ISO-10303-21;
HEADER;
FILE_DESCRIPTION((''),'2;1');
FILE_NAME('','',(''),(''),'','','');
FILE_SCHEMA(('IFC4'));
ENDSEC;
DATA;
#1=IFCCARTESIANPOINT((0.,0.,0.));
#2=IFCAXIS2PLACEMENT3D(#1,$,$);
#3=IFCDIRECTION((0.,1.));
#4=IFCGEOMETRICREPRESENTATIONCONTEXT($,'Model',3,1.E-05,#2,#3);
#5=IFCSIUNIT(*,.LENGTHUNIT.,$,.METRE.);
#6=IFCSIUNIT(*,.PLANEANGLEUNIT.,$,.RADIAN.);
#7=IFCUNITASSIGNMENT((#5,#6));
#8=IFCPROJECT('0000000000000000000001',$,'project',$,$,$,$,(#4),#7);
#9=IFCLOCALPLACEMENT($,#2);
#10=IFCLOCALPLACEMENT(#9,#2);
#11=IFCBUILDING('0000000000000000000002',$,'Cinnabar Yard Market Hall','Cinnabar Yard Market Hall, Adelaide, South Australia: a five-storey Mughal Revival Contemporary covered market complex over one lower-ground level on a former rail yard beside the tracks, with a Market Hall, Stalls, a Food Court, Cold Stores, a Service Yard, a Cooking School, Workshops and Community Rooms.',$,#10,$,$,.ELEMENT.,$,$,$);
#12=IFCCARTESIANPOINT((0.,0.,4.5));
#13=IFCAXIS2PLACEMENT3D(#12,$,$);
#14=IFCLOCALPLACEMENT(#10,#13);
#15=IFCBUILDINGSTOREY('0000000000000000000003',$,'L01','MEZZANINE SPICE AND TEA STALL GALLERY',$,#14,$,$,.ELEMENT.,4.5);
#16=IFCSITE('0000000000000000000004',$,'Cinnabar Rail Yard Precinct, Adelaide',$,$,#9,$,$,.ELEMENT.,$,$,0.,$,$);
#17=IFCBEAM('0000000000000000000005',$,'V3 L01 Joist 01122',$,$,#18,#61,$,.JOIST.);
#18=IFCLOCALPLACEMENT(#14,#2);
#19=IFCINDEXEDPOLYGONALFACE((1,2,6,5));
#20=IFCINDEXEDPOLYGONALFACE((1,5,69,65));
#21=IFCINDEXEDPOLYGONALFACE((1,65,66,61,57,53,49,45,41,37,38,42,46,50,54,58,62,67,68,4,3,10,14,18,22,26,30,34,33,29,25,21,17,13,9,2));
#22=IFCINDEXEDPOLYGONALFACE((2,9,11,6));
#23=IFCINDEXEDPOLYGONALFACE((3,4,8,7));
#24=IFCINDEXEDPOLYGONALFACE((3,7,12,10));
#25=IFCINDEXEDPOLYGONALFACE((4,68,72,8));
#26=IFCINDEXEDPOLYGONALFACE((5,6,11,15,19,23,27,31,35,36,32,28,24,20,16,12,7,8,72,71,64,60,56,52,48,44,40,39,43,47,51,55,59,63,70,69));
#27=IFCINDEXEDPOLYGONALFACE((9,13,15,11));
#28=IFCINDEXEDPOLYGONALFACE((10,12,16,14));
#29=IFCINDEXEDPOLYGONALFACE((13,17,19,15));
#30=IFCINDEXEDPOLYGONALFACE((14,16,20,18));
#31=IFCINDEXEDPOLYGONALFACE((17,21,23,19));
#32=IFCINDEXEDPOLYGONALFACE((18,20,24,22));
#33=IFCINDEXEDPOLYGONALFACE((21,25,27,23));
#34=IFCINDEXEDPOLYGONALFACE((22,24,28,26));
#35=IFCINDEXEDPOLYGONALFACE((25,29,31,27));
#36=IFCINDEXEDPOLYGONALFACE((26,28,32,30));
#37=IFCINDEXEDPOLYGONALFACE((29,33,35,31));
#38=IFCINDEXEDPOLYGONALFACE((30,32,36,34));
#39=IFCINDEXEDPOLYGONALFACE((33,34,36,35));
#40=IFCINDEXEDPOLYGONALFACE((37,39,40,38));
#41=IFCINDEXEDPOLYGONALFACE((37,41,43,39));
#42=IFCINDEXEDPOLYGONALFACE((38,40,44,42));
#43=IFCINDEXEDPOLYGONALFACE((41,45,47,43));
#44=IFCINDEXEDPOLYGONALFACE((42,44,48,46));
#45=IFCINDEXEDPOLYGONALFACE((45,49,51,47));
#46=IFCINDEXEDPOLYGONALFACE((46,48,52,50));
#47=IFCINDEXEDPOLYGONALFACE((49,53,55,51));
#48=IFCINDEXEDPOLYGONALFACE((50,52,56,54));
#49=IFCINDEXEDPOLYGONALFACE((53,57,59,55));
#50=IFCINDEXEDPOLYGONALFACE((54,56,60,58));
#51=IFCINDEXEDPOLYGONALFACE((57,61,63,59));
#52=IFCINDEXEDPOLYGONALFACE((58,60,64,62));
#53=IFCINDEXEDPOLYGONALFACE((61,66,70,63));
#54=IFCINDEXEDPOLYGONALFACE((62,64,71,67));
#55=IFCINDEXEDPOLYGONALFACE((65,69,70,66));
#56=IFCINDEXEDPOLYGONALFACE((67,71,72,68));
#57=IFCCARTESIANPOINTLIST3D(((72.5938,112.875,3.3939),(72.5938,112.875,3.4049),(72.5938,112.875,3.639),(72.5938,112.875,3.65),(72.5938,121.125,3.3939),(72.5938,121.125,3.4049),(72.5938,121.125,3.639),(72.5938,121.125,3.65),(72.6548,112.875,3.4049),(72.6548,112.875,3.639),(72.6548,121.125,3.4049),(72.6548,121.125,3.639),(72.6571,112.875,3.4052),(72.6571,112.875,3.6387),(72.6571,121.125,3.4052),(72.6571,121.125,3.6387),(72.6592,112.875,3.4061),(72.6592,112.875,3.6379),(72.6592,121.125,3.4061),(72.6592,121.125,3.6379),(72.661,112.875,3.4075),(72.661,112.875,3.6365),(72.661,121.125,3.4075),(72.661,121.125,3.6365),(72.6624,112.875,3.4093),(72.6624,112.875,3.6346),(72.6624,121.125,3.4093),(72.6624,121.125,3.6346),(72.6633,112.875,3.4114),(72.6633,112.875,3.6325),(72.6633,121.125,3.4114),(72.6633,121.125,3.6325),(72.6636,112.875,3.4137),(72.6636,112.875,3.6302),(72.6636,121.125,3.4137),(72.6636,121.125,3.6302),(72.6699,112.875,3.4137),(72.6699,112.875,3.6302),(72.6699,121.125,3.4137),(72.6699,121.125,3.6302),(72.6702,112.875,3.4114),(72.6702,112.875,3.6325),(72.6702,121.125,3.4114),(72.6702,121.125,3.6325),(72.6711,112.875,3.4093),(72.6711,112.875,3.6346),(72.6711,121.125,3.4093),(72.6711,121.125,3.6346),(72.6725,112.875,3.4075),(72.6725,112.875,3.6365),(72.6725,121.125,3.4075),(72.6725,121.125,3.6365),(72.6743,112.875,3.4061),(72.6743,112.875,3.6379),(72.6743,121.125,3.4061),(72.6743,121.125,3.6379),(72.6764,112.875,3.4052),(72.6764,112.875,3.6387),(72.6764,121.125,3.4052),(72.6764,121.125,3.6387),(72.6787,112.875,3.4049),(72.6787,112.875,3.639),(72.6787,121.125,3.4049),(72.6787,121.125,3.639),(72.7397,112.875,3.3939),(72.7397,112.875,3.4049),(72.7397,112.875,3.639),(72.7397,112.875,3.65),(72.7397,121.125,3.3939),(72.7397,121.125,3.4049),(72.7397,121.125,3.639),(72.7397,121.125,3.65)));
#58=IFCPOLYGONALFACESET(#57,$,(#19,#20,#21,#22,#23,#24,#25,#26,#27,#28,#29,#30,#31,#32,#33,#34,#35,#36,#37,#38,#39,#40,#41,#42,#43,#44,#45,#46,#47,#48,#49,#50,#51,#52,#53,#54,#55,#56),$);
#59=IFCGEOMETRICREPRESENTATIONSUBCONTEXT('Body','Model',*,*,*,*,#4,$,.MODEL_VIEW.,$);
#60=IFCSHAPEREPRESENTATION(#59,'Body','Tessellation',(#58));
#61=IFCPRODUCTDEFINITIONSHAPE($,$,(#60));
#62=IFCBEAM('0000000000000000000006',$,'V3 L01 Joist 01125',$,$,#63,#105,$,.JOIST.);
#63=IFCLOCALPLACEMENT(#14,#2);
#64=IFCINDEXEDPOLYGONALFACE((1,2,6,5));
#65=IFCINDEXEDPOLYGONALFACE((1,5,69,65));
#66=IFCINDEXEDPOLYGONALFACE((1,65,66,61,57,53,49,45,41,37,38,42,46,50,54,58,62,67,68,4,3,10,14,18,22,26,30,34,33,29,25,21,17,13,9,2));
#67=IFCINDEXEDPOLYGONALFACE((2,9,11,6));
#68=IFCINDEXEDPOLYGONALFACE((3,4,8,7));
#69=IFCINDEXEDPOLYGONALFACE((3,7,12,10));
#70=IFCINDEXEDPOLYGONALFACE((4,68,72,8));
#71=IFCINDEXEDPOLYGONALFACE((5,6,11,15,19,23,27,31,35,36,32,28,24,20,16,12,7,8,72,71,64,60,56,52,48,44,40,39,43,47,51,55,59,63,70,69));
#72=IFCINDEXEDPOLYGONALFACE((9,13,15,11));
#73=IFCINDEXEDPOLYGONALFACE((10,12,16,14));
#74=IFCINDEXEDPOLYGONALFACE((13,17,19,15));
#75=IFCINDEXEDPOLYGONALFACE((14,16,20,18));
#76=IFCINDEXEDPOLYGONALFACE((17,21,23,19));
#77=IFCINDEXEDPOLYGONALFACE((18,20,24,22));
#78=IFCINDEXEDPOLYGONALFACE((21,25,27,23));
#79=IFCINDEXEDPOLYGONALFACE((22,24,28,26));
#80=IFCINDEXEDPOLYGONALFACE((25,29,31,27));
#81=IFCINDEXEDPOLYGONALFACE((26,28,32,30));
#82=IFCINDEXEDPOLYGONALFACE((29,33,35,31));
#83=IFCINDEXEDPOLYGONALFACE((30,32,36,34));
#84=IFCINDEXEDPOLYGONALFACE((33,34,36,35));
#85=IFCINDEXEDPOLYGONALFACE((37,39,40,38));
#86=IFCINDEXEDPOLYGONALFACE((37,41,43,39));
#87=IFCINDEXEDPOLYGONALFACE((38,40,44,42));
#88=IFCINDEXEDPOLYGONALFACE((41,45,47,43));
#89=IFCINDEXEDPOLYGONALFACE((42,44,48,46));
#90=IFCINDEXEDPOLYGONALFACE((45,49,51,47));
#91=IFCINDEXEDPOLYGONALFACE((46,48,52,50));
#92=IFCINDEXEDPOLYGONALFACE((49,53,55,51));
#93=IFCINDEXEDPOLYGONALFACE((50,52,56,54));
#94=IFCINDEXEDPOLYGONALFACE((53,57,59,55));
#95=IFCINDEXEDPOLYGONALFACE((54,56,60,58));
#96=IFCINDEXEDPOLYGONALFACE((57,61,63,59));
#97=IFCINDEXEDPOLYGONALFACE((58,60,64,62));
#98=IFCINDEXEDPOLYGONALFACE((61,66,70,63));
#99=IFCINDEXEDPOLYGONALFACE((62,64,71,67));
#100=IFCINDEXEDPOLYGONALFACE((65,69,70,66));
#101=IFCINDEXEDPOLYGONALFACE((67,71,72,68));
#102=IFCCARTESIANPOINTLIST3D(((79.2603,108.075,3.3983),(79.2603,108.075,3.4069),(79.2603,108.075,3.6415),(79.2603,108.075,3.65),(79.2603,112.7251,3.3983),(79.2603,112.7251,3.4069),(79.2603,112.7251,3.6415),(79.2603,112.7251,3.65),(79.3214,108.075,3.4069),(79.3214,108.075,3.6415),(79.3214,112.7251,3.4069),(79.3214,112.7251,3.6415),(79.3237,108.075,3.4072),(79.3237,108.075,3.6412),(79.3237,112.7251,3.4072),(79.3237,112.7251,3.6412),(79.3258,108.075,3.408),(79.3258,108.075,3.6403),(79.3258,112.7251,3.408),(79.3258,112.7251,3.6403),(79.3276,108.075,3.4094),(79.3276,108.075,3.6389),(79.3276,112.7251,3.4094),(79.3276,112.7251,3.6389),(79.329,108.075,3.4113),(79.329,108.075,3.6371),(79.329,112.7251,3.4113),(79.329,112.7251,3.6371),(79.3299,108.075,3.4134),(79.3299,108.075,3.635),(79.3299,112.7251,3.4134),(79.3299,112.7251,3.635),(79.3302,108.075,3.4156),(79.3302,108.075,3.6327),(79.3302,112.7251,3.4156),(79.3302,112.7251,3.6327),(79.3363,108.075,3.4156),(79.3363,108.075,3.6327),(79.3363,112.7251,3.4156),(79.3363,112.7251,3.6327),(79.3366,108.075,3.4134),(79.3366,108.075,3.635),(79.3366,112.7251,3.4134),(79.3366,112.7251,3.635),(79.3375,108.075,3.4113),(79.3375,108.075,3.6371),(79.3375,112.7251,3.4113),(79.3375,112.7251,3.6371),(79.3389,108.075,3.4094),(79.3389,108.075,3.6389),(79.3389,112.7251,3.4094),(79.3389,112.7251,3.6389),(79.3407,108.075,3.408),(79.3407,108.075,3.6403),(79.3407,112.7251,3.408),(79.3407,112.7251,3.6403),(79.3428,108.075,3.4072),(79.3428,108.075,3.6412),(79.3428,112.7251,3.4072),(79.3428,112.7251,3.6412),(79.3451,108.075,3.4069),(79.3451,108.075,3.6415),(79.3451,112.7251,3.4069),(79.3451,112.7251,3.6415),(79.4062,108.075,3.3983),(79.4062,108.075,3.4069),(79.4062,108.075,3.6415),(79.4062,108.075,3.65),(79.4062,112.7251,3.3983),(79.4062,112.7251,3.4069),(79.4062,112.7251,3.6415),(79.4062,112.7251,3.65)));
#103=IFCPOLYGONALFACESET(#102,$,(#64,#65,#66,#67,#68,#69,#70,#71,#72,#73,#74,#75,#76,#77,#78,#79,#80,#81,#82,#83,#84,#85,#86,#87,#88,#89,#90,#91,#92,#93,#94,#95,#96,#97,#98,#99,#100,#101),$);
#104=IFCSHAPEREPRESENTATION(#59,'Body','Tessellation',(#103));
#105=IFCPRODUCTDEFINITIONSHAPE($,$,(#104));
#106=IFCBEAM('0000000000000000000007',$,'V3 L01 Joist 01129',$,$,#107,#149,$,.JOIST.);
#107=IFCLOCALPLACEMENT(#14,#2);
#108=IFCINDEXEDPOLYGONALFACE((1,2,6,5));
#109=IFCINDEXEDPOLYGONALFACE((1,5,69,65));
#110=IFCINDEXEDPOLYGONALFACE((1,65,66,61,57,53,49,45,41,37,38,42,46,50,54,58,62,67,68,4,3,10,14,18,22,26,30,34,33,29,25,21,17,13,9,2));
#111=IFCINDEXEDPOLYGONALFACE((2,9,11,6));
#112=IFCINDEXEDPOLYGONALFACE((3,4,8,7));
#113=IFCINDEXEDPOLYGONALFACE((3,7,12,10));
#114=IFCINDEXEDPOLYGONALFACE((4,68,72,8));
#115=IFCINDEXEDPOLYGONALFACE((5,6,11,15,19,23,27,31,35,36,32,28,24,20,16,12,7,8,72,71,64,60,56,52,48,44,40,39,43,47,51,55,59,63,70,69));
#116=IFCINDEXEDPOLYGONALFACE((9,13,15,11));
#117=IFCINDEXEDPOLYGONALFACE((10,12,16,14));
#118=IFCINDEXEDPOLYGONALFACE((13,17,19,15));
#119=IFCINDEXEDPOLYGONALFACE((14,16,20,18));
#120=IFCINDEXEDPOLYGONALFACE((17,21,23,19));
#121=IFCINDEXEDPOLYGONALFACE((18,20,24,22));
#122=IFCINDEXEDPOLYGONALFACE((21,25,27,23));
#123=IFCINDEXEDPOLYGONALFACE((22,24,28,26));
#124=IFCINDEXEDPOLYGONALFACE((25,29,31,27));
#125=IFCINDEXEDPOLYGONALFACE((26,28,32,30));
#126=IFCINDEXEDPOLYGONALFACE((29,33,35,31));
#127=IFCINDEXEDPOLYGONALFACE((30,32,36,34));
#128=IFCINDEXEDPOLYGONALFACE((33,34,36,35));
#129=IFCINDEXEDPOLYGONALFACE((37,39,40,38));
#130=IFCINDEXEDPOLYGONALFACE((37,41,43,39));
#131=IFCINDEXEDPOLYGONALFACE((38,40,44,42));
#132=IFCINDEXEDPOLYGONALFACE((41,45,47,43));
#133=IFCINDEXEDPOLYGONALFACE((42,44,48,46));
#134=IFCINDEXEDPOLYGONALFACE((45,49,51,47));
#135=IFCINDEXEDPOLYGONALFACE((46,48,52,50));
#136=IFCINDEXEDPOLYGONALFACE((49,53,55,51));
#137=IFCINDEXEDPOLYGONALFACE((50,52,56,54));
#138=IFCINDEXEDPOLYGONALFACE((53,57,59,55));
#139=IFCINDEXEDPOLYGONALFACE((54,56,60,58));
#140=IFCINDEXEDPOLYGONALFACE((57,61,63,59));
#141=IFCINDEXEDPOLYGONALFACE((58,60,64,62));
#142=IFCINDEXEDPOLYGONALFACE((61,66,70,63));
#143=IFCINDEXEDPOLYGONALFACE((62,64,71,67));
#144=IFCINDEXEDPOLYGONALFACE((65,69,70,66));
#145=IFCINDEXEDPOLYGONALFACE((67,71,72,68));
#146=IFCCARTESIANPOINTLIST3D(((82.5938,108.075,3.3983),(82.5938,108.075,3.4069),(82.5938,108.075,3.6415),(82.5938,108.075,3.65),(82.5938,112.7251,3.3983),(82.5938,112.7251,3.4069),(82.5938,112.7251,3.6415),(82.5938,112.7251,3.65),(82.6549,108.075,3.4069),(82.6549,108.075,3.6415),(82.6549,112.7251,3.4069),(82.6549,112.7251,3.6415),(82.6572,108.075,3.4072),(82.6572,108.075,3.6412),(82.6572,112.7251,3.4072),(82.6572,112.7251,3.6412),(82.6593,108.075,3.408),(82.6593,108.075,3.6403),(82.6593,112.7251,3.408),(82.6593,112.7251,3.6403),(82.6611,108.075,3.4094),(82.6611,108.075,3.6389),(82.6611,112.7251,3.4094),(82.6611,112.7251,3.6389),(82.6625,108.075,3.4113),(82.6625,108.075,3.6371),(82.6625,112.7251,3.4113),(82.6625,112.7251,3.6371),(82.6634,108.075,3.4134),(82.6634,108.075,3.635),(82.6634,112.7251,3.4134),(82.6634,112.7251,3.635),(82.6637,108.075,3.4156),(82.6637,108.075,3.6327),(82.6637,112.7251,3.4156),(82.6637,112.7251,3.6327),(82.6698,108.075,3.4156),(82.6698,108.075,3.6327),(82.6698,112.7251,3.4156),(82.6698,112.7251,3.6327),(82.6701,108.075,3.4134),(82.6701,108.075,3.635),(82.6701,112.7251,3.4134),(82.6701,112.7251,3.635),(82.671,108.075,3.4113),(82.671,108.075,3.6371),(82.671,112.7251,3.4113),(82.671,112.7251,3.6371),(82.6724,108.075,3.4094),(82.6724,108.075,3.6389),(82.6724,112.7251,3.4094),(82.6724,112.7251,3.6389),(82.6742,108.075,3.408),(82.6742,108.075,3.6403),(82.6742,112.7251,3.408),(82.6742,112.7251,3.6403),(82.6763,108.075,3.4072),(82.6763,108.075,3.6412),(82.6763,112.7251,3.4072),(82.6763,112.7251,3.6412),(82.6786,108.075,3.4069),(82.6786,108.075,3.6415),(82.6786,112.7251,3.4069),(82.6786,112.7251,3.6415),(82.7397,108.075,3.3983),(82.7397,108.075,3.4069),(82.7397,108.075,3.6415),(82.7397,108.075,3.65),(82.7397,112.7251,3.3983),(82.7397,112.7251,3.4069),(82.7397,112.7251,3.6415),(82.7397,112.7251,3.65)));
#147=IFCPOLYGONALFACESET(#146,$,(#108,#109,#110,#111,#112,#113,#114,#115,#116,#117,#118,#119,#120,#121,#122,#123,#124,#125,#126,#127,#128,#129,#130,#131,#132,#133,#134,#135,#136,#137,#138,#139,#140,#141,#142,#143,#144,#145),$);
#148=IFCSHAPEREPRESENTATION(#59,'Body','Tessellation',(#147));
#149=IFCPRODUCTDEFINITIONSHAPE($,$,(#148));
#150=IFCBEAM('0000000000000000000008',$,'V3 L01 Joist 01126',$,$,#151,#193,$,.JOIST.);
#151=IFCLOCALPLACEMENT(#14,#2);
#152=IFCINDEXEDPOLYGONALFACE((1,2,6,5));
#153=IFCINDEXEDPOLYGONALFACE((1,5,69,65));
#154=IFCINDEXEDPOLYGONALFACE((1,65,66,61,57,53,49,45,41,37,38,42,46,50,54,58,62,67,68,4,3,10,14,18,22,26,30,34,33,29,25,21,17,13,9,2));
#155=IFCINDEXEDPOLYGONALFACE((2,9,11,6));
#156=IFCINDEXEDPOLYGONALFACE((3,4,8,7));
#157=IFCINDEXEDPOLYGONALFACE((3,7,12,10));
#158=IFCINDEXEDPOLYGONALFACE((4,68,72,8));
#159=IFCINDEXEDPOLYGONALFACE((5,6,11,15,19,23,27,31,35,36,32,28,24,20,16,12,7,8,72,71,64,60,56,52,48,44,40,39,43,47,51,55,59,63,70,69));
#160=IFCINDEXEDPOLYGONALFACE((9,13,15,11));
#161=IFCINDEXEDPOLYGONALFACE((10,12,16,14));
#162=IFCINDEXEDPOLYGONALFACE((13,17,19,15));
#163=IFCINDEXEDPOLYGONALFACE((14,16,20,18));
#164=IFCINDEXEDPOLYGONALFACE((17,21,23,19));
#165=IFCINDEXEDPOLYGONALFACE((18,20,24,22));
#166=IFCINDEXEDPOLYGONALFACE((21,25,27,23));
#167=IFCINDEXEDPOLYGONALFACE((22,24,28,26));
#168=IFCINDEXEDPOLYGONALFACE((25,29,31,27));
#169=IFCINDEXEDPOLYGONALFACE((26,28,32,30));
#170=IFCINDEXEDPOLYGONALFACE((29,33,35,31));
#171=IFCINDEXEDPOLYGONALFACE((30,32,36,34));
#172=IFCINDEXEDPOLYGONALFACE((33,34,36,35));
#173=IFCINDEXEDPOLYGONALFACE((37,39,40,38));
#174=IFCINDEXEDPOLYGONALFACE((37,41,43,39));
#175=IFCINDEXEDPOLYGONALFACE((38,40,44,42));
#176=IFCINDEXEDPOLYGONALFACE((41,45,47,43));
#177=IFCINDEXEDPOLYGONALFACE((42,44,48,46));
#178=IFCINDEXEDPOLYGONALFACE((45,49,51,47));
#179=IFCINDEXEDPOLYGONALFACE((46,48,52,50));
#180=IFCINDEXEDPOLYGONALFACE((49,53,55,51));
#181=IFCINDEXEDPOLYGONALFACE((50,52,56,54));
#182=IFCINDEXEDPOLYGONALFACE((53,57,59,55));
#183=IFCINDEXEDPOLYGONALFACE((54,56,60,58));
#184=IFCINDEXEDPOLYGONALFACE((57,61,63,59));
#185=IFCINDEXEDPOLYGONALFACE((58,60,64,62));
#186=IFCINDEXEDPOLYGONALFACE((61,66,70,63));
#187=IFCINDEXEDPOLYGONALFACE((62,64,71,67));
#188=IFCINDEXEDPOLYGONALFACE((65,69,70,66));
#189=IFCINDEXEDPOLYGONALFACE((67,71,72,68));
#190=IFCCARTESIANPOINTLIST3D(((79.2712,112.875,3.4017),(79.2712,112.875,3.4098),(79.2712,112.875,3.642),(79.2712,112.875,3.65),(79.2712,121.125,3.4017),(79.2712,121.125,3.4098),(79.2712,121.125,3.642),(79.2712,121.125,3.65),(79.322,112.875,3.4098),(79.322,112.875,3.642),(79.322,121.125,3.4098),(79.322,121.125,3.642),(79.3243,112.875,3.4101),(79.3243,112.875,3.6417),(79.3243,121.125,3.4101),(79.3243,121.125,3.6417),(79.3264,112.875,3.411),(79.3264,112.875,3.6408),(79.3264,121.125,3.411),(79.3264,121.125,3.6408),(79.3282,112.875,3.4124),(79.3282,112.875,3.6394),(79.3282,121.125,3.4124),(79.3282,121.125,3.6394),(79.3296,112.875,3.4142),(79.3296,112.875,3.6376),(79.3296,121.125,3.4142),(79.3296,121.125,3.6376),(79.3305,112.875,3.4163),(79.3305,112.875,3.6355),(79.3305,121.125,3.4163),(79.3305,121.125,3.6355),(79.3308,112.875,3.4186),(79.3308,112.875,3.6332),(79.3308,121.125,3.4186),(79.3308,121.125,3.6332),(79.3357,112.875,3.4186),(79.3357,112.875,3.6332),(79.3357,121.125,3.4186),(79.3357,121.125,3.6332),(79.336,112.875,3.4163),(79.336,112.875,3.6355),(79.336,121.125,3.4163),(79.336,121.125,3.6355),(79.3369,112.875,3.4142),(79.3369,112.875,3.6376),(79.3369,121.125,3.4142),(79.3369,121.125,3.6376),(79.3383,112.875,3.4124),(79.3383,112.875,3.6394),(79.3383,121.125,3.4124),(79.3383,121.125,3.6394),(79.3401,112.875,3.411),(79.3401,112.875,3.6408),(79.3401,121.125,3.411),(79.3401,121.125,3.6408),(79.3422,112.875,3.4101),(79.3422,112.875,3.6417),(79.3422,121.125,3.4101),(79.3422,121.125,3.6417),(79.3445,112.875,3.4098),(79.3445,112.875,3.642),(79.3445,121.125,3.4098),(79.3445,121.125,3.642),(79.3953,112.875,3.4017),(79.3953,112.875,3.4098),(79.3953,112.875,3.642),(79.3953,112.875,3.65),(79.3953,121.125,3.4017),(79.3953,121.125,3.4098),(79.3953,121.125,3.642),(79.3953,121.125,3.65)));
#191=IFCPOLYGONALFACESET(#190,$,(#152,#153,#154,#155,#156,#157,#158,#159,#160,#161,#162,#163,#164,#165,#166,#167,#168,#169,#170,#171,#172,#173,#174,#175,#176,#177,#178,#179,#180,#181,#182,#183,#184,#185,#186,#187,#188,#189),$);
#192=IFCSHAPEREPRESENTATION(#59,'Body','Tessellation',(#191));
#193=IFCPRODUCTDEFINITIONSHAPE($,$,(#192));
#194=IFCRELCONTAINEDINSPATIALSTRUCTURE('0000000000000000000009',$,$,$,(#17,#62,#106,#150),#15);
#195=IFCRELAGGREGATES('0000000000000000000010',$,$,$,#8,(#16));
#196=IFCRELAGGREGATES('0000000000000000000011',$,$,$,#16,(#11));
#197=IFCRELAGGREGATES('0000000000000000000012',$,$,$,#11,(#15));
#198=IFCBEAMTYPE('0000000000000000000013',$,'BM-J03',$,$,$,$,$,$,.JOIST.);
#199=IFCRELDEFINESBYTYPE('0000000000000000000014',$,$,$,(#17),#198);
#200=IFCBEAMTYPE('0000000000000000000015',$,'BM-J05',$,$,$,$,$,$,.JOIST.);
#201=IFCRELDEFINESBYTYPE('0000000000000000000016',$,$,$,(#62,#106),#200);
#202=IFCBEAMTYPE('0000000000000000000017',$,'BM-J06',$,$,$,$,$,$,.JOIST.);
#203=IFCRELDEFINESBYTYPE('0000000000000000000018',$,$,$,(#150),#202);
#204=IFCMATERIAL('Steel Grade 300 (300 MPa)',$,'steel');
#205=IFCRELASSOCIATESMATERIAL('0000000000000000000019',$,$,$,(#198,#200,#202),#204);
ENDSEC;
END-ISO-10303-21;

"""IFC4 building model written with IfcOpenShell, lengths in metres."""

from ifc_helpers import new_model, si_unit, direction, frame, origin, origin_2d_with_axis, place, context, subcontext, project, spatial, i_section, extrude, material, material_profile, profile_set, type_object, element, save


model = new_model("IFC4")

# Units and contexts
model_context = context("Model", 3, precision=1e-05, world=origin(), true_north=direction((0.0, 1.0)))
body_context = subcontext(model_context, "Body", "Model", "MODEL_VIEW")
ifc_project = project(units=[si_unit("LENGTHUNIT", "METRE"), si_unit("PLANEANGLEUNIT", "RADIAN")], contexts=[model_context])

# Site, building, storey
site_placement = place(None, origin())
site = spatial("IfcSite", under=ifc_project, at=site_placement, Name="Cinnabar Rail Yard Precinct, Adelaide", CompositionType="ELEMENT", RefElevation=0.0)
building_placement = place(site_placement, origin())
building = spatial("IfcBuilding", under=site, at=building_placement, Name="Cinnabar Yard Market Hall", Description="Cinnabar Yard Market Hall, Adelaide, South Australia: a five-storey Mughal Revival Contemporary covered market complex over one lower-ground level on a former rail yard beside the tracks, with a Market Hall, Stalls, a Food Court, Cold Stores, a Service Yard, a Cooking School, Workshops and Community Rooms.", CompositionType="ELEMENT")
storey_placement = place(building_placement, frame((0.0, 0.0, 4.5)))
storey = spatial("IfcBuildingStorey", under=building, at=storey_placement, Name="L01", Description="MEZZANINE SPICE AND TEA STALL GALLERY", CompositionType="ELEMENT", Elevation=4.5)

# Shared definitions
ifc_material_1 = material(Name="Steel Grade 300 (300 MPa)", Category="steel")

# Beams
ifc_material_profile_1 = material_profile(ifc_material_1, i_section(OverallWidth=0.146, OverallDepth=0.2561, WebThickness=0.0063, FlangeThickness=0.011, FilletRadius=0.0088, at=origin_2d_with_axis()), Name="250UB37.3")
ifc_profile_set_1 = profile_set([ifc_material_profile_1], Name="Steel Grade 300 (300 MPa)")
beam_type_1 = type_object("IfcBeamType", Name="BM-J03", PredefinedType="JOIST", material=ifc_profile_set_1)
beam_1_placement = place(storey_placement, frame((72.6667, 112.875, 3.522), z_axis=(0.0, 1.0, 0.0), x_axis=(-1.0, 0.0, 0.0)))
element("IfcBeam", 1, at=beam_1_placement, inside=storey, type_object=beam_type_1, Name="V3 L01 Joist 01122", PredefinedType="JOIST", context=body_context, shape_type="SweptSolid", body=[
    extrude(i_section(OverallWidth=0.146, OverallDepth=0.2561, WebThickness=0.0063, FlangeThickness=0.011, FilletRadius=0.0088, at=origin_2d_with_axis()), origin(), (0.0, 0.0, 1.0), 8.25),
])
ifc_material_profile_2 = material_profile(ifc_material_1, i_section(OverallWidth=0.146, OverallDepth=0.2517, WebThickness=0.0061, FlangeThickness=0.0085, FilletRadius=0.0088, at=origin_2d_with_axis()), Name="250UB31.4")
ifc_profile_set_2 = profile_set([ifc_material_profile_2], Name="Steel Grade 300 (300 MPa)")
beam_type_2 = type_object("IfcBeamType", Name="BM-J05", PredefinedType="JOIST", material=ifc_profile_set_2)
for number, where, z_axis, x_axis, name in (
    (2, (79.3333, 108.075, 3.5242), (0.0, 1.0, 0.0), (-1.0, 0.0, 0.0), "V3 L01 Joist 01125"),
    (3, (82.6667, 108.075, 3.5242), (0.0, 1.0, 0.0), (-1.0, 0.0, 0.0), "V3 L01 Joist 01129"),
):
    element("IfcBeam", number, at=place(storey_placement, frame(where, z_axis=z_axis, x_axis=x_axis)), inside=storey, type_object=beam_type_2, Name=name, PredefinedType="JOIST", context=body_context, shape_type="SweptSolid", body=[
        extrude(i_section(OverallWidth=0.146, OverallDepth=0.2517, WebThickness=0.0061, FlangeThickness=0.0085, FilletRadius=0.0088, at=origin_2d_with_axis()), origin(), (0.0, 0.0, 1.0), 4.6501),
    ])
ifc_material_profile_3 = material_profile(ifc_material_1, i_section(OverallWidth=0.124, OverallDepth=0.2483, WebThickness=0.0049, FlangeThickness=0.0081, FilletRadius=0.0088, at=origin_2d_with_axis()), Name="250UB25.7")
ifc_profile_set_3 = profile_set([ifc_material_profile_3], Name="Steel Grade 300 (300 MPa)")
beam_type_3 = type_object("IfcBeamType", Name="BM-J06", PredefinedType="JOIST", material=ifc_profile_set_3)
for number, where, z_axis, x_axis, name in (
    (4, (79.3333, 112.875, 3.5259), (0.0, 1.0, 0.0), (-1.0, 0.0, 0.0), "V3 L01 Joist 01126"),
):
    element("IfcBeam", number, at=place(storey_placement, frame(where, z_axis=z_axis, x_axis=x_axis)), inside=storey, type_object=beam_type_3, Name=name, PredefinedType="JOIST", context=body_context, shape_type="SweptSolid", body=[
        extrude(i_section(OverallWidth=0.124, OverallDepth=0.2483, WebThickness=0.0049, FlangeThickness=0.0081, FilletRadius=0.0088, at=origin_2d_with_axis()), origin(), (0.0, 0.0, 1.0), 8.25),
    ])

save(model, "model.ifc")
